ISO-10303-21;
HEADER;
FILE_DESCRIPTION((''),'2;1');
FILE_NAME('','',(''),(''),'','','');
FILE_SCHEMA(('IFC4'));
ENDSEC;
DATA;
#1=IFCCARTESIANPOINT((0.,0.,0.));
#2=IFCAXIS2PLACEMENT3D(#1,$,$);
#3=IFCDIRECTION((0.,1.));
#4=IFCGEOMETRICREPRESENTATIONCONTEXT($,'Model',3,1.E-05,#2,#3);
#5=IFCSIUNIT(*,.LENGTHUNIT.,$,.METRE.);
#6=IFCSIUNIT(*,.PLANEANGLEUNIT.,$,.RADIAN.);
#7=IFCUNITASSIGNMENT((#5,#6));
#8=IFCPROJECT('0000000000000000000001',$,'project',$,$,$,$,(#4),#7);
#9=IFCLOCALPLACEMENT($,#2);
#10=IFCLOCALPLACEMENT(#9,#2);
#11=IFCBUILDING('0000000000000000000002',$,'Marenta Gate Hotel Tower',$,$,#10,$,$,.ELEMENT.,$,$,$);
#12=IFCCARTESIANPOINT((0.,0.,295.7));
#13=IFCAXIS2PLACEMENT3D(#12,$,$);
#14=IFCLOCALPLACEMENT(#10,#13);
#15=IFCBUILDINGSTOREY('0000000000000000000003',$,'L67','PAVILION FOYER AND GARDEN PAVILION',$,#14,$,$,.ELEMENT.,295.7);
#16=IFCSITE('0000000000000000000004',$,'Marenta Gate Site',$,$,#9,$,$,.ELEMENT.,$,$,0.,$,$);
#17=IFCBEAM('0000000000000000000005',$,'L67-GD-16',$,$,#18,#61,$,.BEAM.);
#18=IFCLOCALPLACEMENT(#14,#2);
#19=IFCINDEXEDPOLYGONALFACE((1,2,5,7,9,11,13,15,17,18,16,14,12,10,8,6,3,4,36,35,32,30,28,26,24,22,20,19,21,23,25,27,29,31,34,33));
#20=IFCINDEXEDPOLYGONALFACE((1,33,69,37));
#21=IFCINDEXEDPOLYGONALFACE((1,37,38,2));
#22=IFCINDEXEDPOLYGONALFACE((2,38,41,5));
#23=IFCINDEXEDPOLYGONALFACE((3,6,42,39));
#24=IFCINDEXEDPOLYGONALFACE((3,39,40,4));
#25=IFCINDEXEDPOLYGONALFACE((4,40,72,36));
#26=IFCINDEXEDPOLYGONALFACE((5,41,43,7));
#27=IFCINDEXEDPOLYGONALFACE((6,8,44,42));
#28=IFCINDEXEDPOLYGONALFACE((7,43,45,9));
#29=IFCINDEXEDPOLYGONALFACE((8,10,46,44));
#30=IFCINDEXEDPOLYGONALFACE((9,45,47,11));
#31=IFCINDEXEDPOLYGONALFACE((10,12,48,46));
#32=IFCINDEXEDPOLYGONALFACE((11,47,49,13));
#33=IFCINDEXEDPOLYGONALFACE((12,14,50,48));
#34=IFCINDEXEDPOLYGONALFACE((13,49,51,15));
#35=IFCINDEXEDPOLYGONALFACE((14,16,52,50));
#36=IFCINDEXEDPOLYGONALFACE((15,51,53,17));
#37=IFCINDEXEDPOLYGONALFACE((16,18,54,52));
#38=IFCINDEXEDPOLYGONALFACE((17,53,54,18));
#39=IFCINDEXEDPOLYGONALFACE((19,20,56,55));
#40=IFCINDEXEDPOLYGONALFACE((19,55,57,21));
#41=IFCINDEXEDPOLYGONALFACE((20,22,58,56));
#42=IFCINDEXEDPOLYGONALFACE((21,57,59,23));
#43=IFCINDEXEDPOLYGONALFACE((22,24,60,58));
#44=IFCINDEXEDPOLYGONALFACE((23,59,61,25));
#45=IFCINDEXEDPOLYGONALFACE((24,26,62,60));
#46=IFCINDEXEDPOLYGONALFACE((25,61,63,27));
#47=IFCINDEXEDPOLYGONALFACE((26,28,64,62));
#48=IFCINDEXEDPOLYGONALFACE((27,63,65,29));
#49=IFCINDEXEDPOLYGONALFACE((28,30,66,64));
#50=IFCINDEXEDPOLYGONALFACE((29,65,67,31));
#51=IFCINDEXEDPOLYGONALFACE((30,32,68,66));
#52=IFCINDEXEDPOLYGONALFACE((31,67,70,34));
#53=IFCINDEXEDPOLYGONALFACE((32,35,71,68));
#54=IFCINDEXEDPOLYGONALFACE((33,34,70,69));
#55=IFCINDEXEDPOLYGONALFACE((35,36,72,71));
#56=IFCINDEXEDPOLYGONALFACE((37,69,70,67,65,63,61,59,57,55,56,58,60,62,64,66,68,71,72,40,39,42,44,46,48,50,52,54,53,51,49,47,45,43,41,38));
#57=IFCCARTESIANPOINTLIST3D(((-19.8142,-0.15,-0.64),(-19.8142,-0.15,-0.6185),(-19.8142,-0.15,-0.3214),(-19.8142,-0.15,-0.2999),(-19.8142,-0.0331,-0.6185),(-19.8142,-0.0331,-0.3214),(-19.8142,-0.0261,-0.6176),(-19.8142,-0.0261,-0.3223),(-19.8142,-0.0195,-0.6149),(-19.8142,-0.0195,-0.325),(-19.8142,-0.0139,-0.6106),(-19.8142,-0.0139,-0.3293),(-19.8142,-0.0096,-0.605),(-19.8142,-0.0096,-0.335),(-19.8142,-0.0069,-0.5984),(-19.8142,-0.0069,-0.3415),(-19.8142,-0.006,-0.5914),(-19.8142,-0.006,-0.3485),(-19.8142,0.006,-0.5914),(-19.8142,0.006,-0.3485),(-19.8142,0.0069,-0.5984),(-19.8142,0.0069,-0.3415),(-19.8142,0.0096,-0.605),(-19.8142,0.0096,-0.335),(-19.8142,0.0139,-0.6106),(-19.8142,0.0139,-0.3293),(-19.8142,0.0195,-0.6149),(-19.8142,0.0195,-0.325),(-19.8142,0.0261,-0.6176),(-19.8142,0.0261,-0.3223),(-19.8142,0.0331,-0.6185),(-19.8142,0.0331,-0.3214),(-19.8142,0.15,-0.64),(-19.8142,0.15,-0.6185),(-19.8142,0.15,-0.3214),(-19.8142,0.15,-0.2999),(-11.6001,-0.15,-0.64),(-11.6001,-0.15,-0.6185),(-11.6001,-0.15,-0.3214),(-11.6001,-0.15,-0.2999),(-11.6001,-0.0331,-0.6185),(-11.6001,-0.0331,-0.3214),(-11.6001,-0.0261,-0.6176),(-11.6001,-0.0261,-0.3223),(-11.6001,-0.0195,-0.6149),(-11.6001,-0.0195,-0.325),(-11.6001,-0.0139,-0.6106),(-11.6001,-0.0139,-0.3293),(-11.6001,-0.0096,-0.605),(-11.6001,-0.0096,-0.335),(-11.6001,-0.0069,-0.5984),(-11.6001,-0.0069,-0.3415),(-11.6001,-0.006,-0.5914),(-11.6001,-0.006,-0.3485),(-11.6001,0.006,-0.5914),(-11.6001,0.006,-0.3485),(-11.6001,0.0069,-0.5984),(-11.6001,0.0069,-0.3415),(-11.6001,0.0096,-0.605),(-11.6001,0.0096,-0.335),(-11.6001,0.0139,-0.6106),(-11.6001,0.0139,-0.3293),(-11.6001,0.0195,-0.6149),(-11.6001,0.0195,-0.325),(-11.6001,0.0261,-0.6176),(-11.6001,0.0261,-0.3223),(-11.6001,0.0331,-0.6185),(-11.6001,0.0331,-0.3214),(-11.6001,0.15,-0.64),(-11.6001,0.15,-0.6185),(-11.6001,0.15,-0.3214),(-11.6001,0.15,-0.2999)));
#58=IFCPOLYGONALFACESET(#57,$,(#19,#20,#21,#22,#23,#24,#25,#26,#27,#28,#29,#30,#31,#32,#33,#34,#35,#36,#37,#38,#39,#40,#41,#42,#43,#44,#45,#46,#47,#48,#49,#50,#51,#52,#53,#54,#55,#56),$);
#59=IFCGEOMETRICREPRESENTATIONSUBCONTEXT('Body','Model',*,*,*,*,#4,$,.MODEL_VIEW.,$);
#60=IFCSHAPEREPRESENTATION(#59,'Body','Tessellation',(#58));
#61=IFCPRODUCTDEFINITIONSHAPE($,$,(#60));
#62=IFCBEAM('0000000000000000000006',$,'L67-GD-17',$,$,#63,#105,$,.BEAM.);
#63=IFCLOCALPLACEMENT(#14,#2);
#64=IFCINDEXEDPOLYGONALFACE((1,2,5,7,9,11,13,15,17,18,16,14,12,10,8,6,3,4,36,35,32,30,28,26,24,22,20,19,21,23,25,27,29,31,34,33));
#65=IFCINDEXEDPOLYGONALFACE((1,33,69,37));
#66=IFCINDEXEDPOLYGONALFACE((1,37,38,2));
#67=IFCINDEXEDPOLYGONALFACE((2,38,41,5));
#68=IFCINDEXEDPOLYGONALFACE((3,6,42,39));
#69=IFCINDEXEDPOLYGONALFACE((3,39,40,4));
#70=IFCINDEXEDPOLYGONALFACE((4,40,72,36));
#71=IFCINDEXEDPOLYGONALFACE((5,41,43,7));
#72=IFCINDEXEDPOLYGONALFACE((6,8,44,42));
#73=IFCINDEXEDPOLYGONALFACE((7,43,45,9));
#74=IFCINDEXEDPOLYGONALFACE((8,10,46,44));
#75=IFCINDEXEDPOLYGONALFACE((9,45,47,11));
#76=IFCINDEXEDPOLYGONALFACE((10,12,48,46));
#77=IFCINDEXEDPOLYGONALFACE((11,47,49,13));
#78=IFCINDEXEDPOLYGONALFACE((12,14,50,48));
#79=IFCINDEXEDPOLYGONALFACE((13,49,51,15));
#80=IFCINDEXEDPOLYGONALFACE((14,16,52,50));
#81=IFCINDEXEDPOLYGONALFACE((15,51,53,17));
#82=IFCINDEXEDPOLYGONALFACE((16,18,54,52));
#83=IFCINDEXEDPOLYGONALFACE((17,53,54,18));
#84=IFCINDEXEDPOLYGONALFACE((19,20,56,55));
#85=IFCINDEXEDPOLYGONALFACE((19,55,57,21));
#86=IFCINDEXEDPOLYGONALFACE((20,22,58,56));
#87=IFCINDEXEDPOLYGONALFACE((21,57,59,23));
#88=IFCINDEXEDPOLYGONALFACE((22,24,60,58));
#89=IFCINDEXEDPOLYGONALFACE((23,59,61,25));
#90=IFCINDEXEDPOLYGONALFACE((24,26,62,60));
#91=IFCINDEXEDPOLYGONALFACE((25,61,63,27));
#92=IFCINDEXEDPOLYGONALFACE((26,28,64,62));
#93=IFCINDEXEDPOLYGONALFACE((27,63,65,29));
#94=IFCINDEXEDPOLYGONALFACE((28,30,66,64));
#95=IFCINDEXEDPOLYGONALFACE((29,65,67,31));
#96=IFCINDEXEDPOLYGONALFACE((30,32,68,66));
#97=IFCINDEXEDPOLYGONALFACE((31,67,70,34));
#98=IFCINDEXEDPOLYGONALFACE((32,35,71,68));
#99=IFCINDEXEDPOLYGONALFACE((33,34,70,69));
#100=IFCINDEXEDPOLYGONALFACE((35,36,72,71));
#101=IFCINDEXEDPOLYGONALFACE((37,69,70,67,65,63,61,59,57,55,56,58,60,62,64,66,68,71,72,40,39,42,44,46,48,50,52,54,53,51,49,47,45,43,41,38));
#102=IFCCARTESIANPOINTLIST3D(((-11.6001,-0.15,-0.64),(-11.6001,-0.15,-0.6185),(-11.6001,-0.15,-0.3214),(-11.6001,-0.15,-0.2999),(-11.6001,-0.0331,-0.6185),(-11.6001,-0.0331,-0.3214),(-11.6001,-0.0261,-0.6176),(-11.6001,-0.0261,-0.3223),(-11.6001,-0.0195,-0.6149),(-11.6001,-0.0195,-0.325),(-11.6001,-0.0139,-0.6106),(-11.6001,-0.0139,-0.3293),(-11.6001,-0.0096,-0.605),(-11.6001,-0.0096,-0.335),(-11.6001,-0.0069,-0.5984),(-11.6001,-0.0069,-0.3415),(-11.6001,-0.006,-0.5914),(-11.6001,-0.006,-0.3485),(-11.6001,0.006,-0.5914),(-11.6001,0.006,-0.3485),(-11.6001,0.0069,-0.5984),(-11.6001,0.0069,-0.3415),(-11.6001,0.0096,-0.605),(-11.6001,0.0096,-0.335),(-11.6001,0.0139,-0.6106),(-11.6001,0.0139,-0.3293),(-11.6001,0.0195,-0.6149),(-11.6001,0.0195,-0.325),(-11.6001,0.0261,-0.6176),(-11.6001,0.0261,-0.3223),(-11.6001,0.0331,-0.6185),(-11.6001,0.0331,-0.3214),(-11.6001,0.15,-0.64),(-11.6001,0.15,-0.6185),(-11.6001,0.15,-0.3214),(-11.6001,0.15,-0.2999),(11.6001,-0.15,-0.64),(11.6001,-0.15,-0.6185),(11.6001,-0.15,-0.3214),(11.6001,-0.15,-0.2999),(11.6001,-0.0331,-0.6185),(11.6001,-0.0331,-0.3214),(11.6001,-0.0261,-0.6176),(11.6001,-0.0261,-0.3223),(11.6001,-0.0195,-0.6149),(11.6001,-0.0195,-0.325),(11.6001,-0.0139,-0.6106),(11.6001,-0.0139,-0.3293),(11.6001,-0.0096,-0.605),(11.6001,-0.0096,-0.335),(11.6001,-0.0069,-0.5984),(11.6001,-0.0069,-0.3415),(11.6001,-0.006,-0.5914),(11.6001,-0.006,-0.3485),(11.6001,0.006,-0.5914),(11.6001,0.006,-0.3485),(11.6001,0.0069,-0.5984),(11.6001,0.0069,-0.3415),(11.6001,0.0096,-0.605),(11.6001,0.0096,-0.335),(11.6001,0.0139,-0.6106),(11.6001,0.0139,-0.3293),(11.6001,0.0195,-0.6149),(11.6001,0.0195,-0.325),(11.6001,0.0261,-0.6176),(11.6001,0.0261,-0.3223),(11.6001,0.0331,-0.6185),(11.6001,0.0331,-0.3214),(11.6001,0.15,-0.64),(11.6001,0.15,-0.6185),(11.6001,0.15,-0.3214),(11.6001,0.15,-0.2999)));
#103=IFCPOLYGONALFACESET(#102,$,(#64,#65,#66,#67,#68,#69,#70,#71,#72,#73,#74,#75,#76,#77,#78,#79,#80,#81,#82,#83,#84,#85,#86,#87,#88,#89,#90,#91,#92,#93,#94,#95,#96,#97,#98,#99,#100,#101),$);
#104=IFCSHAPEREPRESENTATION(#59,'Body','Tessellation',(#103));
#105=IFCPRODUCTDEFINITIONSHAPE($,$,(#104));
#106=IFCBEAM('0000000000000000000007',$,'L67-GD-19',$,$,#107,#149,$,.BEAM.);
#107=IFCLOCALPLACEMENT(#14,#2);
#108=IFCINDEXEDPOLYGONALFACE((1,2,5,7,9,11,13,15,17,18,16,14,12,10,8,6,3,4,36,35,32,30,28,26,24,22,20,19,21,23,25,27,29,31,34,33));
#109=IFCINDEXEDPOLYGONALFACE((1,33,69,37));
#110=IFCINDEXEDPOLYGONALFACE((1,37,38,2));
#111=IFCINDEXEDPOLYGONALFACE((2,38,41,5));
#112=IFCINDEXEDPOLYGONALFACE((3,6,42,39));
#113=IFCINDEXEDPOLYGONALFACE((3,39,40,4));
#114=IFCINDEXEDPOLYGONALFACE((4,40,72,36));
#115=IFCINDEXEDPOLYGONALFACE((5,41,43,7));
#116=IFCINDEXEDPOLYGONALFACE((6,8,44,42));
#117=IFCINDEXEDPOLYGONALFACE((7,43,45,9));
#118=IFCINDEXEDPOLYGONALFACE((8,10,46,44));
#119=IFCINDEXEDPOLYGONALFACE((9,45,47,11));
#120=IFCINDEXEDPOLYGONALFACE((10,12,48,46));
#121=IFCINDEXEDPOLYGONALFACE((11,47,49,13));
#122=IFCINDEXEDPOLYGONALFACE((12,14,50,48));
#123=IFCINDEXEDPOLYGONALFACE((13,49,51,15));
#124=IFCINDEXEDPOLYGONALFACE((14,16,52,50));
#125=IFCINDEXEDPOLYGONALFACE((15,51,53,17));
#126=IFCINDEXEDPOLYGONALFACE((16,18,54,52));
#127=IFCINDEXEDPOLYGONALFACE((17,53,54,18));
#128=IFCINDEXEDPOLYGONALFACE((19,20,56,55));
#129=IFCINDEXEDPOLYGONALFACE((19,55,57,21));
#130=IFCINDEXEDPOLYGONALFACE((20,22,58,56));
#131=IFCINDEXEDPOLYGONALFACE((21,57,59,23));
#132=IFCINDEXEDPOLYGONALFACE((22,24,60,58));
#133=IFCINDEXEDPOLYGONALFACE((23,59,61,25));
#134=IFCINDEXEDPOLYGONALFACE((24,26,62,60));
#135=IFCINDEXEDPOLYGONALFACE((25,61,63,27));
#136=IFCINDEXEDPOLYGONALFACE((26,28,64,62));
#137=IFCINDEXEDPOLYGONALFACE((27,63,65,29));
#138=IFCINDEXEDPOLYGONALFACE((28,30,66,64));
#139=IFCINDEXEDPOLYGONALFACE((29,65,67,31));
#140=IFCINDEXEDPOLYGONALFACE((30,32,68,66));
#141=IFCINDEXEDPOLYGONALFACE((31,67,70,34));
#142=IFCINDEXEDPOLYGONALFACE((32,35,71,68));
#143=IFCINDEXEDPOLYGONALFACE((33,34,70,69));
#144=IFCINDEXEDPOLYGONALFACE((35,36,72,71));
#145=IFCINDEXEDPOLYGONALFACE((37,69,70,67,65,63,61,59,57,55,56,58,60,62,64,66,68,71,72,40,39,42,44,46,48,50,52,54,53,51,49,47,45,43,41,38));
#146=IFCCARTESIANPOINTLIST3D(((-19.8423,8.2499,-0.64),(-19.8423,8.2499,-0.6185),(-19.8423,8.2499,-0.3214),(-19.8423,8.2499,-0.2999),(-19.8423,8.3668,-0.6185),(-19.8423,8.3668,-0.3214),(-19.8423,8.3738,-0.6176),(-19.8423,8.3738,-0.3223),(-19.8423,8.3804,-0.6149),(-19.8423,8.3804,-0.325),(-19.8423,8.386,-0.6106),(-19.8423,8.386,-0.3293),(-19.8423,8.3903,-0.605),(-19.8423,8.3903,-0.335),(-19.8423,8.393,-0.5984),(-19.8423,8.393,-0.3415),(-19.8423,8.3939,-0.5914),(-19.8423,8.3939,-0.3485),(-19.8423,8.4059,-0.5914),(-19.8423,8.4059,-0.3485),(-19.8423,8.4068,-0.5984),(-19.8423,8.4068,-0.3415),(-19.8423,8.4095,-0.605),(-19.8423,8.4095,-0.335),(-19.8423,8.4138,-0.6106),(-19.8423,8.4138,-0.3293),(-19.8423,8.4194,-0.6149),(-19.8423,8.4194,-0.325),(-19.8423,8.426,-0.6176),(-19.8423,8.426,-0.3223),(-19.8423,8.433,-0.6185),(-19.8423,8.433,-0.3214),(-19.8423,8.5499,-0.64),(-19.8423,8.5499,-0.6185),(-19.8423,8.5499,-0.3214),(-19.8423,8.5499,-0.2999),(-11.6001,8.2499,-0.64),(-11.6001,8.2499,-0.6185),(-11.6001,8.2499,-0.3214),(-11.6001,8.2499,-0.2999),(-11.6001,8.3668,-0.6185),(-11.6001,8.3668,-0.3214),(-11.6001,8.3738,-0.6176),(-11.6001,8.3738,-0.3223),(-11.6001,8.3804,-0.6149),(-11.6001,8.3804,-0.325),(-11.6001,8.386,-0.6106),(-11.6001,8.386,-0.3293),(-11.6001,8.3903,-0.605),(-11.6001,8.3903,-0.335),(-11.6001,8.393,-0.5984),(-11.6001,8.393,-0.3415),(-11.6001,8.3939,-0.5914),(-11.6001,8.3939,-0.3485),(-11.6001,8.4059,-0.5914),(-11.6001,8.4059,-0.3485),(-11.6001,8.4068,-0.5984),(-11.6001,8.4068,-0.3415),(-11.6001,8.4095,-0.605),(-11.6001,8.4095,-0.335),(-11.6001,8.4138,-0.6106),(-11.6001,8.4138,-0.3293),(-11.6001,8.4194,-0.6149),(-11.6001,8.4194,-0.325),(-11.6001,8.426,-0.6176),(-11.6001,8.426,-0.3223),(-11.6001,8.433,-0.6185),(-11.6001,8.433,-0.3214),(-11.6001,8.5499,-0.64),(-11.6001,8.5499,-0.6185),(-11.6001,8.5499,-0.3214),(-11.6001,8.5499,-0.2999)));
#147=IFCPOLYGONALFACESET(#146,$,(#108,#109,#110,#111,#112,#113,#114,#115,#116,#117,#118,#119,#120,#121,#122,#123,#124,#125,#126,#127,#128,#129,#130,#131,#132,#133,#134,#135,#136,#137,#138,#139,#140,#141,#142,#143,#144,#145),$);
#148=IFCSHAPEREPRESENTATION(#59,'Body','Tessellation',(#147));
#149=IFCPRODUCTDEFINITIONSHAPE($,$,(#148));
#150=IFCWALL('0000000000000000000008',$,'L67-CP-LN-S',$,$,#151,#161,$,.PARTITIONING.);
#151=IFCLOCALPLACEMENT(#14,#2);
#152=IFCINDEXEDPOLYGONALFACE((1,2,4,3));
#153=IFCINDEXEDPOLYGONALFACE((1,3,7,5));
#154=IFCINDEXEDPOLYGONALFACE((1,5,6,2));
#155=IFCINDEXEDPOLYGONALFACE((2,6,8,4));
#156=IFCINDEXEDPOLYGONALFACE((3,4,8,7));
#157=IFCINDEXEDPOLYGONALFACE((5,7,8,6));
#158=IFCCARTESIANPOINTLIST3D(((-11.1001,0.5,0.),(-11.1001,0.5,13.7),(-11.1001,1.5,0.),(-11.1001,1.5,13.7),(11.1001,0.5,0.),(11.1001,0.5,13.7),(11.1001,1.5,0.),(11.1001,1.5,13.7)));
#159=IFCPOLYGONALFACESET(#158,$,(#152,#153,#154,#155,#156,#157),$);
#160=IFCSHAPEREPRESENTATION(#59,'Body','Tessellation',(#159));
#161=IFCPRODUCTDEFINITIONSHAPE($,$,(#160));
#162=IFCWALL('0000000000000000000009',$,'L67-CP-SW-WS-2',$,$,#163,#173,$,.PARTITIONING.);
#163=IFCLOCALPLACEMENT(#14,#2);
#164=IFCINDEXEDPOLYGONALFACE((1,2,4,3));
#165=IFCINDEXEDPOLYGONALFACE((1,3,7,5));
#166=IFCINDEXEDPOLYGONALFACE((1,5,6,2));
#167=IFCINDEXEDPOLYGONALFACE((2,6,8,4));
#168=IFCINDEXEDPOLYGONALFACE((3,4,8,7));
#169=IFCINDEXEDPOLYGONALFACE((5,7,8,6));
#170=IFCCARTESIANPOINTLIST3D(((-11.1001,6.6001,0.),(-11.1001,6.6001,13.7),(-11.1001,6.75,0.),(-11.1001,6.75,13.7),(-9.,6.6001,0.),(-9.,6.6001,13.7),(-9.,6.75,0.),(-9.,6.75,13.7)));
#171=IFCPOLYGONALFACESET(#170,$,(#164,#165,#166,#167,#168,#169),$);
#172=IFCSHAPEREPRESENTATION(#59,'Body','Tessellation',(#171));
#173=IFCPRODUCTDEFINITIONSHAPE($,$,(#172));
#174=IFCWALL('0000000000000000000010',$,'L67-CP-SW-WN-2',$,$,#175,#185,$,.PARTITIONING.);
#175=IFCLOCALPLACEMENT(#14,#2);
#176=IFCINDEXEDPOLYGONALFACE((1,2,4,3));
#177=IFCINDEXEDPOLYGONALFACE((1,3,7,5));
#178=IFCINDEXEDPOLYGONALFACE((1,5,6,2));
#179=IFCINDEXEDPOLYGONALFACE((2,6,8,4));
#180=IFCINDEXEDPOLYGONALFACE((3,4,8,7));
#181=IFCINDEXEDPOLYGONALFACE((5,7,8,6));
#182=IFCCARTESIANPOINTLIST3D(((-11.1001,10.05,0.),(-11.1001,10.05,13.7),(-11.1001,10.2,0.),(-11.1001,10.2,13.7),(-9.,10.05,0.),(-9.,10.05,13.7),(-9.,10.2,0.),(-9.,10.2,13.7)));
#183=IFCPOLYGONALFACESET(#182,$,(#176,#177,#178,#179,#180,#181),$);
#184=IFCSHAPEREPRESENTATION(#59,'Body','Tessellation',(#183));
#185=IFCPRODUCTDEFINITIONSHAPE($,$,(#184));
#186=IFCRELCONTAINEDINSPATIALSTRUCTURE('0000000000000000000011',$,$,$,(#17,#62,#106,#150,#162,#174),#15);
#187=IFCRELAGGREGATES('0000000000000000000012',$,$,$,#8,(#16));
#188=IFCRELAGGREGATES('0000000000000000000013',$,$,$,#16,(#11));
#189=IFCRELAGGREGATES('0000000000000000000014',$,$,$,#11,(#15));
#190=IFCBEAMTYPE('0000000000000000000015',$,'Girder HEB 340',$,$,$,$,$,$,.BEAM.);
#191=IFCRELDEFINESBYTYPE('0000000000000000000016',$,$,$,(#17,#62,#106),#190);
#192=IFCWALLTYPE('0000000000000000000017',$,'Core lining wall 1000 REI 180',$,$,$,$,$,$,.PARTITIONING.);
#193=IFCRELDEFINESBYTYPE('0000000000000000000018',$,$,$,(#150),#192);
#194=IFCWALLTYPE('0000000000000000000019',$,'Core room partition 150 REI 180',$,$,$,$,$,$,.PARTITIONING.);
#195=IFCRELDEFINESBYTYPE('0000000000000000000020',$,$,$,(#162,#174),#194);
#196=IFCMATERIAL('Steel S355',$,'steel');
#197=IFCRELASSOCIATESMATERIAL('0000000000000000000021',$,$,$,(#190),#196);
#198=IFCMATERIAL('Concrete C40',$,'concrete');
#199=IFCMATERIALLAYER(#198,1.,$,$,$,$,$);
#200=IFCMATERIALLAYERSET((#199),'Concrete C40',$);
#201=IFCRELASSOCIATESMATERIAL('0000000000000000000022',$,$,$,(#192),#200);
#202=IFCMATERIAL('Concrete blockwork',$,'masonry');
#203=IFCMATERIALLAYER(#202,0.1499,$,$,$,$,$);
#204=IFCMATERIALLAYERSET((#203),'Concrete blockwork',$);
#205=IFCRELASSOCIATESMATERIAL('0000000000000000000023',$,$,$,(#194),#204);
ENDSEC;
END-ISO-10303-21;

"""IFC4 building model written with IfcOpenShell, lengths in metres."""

from ifc_helpers import new_model, si_unit, direction, frame, frame_2d, origin, origin_2d, place, context, subcontext, project, spatial, rectangle, i_section, extrude, material, layer, layer_set, material_profile, profile_set, type_object, element, save


model = new_model("IFC4")

# Units and contexts
model_context = context("Model", 3, precision=1e-05, world=origin(), true_north=direction((0.0, 1.0)))
body_context = subcontext(model_context, "Body", "Model", "MODEL_VIEW")
ifc_project = project(units=[si_unit("LENGTHUNIT", "METRE"), si_unit("PLANEANGLEUNIT", "RADIAN")], contexts=[model_context])

# Site, building, storey
site_placement = place(None, origin())
site = spatial("IfcSite", under=ifc_project, at=site_placement, Name="Marenta Gate Site", CompositionType="ELEMENT", RefElevation=0.0)
building_placement = place(site_placement, origin())
building = spatial("IfcBuilding", under=site, at=building_placement, Name="Marenta Gate Hotel Tower", CompositionType="ELEMENT")
storey_placement = place(building_placement, frame((0.0, 0.0, 295.7)))
storey = spatial("IfcBuildingStorey", under=building, at=storey_placement, Name="L67", Description="PAVILION FOYER AND GARDEN PAVILION", CompositionType="ELEMENT", Elevation=295.7)

# Beams
ifc_material_1 = material(Name="Steel S355", Category="steel")
ifc_material_profile_1 = material_profile(ifc_material_1, i_section(OverallWidth=0.3, OverallDepth=0.3401, WebThickness=0.012, FlangeThickness=0.0215, FilletRadius=0.0271, at=origin_2d()), Name="HEB 340")
ifc_profile_set_1 = profile_set([ifc_material_profile_1], Name="Steel S355")
beam_type_1 = type_object("IfcBeamType", Name="Girder HEB 340", PredefinedType="BEAM", material=ifc_profile_set_1)
beam_1_placement = place(storey_placement, frame((-19.8142, 0.0, -0.47), z_axis=(1.0, 0.0, 0.0), x_axis=(0.0, 1.0, 0.0)))
element("IfcBeam", 1, at=beam_1_placement, inside=storey, type_object=beam_type_1, Name="L67-GD-16", PredefinedType="BEAM", context=body_context, shape_type="SweptSolid", body=[
    extrude(i_section(OverallWidth=0.3, OverallDepth=0.3401, WebThickness=0.012, FlangeThickness=0.0215, FilletRadius=0.0271, at=origin_2d()), origin(), (0.0, 0.0, 1.0), 8.2141),
])
beam_2_placement = place(storey_placement, frame((-11.6001, 0.0, -0.47), z_axis=(1.0, 0.0, 0.0), x_axis=(0.0, 1.0, 0.0)))
element("IfcBeam", 2, at=beam_2_placement, inside=storey, type_object=beam_type_1, Name="L67-GD-17", PredefinedType="BEAM", context=body_context, shape_type="SweptSolid", body=[
    extrude(i_section(OverallWidth=0.3, OverallDepth=0.3401, WebThickness=0.012, FlangeThickness=0.0215, FilletRadius=0.0271, at=origin_2d()), origin(), (0.0, 0.0, 1.0), 23.2002),
])
beam_3_placement = place(storey_placement, frame((-19.8423, 8.3999, -0.47), z_axis=(1.0, 0.0, 0.0), x_axis=(0.0, 1.0, 0.0)))
element("IfcBeam", 3, at=beam_3_placement, inside=storey, type_object=beam_type_1, Name="L67-GD-19", PredefinedType="BEAM", context=body_context, shape_type="SweptSolid", body=[
    extrude(i_section(OverallWidth=0.3, OverallDepth=0.3401, WebThickness=0.012, FlangeThickness=0.0215, FilletRadius=0.0271, at=origin_2d()), origin(), (0.0, 0.0, 1.0), 8.2422),
])

# Walls
ifc_material_2 = material(Name="Concrete C40", Category="concrete")
ifc_layer_1 = layer(ifc_material_2, 1.0)
ifc_layer_set_1 = layer_set([ifc_layer_1], Name="Concrete C40")
wall_type_1 = type_object("IfcWallType", Name="Core lining wall 1000 REI 180", PredefinedType="PARTITIONING", material=ifc_layer_set_1)
wall_1_placement = place(storey_placement, frame((-11.1001, 1.0, 0.0), z_axis=(0.0, 0.0, 1.0), x_axis=(1.0, 0.0, 0.0)))
element("IfcWall", 4, at=wall_1_placement, inside=storey, type_object=wall_type_1, Name="L67-CP-LN-S", PredefinedType="PARTITIONING", context=body_context, shape_type="SweptSolid", body=[
    extrude(rectangle(XDim=22.2002, YDim=1.0, at=frame_2d((11.1001, 0.0))), origin(), (0.0, 0.0, 1.0), 13.7),
])
ifc_material_3 = material(Name="Concrete blockwork", Category="masonry")
ifc_layer_2 = layer(ifc_material_3, 0.1499)
ifc_layer_set_2 = layer_set([ifc_layer_2], Name="Concrete blockwork")
wall_type_2 = type_object("IfcWallType", Name="Core room partition 150 REI 180", PredefinedType="PARTITIONING", material=ifc_layer_set_2)
for number, where, z_axis, x_axis, name in (
    (5, (-11.1001, 6.675, 0.0), (0.0, 0.0, 1.0), (1.0, 0.0, 0.0), "L67-CP-SW-WS-2"),
    (6, (-11.1001, 10.125, 0.0), (0.0, 0.0, 1.0), (1.0, 0.0, 0.0), "L67-CP-SW-WN-2"),
):
    element("IfcWall", number, at=place(storey_placement, frame(where, z_axis=z_axis, x_axis=x_axis)), inside=storey, type_object=wall_type_2, Name=name, PredefinedType="PARTITIONING", context=body_context, shape_type="SweptSolid", body=[
        extrude(rectangle(XDim=2.1001, YDim=0.1499, at=frame_2d((1.05, 0.0))), origin(), (0.0, 0.0, 1.0), 13.7),
    ])

save(model, "model.ifc")
